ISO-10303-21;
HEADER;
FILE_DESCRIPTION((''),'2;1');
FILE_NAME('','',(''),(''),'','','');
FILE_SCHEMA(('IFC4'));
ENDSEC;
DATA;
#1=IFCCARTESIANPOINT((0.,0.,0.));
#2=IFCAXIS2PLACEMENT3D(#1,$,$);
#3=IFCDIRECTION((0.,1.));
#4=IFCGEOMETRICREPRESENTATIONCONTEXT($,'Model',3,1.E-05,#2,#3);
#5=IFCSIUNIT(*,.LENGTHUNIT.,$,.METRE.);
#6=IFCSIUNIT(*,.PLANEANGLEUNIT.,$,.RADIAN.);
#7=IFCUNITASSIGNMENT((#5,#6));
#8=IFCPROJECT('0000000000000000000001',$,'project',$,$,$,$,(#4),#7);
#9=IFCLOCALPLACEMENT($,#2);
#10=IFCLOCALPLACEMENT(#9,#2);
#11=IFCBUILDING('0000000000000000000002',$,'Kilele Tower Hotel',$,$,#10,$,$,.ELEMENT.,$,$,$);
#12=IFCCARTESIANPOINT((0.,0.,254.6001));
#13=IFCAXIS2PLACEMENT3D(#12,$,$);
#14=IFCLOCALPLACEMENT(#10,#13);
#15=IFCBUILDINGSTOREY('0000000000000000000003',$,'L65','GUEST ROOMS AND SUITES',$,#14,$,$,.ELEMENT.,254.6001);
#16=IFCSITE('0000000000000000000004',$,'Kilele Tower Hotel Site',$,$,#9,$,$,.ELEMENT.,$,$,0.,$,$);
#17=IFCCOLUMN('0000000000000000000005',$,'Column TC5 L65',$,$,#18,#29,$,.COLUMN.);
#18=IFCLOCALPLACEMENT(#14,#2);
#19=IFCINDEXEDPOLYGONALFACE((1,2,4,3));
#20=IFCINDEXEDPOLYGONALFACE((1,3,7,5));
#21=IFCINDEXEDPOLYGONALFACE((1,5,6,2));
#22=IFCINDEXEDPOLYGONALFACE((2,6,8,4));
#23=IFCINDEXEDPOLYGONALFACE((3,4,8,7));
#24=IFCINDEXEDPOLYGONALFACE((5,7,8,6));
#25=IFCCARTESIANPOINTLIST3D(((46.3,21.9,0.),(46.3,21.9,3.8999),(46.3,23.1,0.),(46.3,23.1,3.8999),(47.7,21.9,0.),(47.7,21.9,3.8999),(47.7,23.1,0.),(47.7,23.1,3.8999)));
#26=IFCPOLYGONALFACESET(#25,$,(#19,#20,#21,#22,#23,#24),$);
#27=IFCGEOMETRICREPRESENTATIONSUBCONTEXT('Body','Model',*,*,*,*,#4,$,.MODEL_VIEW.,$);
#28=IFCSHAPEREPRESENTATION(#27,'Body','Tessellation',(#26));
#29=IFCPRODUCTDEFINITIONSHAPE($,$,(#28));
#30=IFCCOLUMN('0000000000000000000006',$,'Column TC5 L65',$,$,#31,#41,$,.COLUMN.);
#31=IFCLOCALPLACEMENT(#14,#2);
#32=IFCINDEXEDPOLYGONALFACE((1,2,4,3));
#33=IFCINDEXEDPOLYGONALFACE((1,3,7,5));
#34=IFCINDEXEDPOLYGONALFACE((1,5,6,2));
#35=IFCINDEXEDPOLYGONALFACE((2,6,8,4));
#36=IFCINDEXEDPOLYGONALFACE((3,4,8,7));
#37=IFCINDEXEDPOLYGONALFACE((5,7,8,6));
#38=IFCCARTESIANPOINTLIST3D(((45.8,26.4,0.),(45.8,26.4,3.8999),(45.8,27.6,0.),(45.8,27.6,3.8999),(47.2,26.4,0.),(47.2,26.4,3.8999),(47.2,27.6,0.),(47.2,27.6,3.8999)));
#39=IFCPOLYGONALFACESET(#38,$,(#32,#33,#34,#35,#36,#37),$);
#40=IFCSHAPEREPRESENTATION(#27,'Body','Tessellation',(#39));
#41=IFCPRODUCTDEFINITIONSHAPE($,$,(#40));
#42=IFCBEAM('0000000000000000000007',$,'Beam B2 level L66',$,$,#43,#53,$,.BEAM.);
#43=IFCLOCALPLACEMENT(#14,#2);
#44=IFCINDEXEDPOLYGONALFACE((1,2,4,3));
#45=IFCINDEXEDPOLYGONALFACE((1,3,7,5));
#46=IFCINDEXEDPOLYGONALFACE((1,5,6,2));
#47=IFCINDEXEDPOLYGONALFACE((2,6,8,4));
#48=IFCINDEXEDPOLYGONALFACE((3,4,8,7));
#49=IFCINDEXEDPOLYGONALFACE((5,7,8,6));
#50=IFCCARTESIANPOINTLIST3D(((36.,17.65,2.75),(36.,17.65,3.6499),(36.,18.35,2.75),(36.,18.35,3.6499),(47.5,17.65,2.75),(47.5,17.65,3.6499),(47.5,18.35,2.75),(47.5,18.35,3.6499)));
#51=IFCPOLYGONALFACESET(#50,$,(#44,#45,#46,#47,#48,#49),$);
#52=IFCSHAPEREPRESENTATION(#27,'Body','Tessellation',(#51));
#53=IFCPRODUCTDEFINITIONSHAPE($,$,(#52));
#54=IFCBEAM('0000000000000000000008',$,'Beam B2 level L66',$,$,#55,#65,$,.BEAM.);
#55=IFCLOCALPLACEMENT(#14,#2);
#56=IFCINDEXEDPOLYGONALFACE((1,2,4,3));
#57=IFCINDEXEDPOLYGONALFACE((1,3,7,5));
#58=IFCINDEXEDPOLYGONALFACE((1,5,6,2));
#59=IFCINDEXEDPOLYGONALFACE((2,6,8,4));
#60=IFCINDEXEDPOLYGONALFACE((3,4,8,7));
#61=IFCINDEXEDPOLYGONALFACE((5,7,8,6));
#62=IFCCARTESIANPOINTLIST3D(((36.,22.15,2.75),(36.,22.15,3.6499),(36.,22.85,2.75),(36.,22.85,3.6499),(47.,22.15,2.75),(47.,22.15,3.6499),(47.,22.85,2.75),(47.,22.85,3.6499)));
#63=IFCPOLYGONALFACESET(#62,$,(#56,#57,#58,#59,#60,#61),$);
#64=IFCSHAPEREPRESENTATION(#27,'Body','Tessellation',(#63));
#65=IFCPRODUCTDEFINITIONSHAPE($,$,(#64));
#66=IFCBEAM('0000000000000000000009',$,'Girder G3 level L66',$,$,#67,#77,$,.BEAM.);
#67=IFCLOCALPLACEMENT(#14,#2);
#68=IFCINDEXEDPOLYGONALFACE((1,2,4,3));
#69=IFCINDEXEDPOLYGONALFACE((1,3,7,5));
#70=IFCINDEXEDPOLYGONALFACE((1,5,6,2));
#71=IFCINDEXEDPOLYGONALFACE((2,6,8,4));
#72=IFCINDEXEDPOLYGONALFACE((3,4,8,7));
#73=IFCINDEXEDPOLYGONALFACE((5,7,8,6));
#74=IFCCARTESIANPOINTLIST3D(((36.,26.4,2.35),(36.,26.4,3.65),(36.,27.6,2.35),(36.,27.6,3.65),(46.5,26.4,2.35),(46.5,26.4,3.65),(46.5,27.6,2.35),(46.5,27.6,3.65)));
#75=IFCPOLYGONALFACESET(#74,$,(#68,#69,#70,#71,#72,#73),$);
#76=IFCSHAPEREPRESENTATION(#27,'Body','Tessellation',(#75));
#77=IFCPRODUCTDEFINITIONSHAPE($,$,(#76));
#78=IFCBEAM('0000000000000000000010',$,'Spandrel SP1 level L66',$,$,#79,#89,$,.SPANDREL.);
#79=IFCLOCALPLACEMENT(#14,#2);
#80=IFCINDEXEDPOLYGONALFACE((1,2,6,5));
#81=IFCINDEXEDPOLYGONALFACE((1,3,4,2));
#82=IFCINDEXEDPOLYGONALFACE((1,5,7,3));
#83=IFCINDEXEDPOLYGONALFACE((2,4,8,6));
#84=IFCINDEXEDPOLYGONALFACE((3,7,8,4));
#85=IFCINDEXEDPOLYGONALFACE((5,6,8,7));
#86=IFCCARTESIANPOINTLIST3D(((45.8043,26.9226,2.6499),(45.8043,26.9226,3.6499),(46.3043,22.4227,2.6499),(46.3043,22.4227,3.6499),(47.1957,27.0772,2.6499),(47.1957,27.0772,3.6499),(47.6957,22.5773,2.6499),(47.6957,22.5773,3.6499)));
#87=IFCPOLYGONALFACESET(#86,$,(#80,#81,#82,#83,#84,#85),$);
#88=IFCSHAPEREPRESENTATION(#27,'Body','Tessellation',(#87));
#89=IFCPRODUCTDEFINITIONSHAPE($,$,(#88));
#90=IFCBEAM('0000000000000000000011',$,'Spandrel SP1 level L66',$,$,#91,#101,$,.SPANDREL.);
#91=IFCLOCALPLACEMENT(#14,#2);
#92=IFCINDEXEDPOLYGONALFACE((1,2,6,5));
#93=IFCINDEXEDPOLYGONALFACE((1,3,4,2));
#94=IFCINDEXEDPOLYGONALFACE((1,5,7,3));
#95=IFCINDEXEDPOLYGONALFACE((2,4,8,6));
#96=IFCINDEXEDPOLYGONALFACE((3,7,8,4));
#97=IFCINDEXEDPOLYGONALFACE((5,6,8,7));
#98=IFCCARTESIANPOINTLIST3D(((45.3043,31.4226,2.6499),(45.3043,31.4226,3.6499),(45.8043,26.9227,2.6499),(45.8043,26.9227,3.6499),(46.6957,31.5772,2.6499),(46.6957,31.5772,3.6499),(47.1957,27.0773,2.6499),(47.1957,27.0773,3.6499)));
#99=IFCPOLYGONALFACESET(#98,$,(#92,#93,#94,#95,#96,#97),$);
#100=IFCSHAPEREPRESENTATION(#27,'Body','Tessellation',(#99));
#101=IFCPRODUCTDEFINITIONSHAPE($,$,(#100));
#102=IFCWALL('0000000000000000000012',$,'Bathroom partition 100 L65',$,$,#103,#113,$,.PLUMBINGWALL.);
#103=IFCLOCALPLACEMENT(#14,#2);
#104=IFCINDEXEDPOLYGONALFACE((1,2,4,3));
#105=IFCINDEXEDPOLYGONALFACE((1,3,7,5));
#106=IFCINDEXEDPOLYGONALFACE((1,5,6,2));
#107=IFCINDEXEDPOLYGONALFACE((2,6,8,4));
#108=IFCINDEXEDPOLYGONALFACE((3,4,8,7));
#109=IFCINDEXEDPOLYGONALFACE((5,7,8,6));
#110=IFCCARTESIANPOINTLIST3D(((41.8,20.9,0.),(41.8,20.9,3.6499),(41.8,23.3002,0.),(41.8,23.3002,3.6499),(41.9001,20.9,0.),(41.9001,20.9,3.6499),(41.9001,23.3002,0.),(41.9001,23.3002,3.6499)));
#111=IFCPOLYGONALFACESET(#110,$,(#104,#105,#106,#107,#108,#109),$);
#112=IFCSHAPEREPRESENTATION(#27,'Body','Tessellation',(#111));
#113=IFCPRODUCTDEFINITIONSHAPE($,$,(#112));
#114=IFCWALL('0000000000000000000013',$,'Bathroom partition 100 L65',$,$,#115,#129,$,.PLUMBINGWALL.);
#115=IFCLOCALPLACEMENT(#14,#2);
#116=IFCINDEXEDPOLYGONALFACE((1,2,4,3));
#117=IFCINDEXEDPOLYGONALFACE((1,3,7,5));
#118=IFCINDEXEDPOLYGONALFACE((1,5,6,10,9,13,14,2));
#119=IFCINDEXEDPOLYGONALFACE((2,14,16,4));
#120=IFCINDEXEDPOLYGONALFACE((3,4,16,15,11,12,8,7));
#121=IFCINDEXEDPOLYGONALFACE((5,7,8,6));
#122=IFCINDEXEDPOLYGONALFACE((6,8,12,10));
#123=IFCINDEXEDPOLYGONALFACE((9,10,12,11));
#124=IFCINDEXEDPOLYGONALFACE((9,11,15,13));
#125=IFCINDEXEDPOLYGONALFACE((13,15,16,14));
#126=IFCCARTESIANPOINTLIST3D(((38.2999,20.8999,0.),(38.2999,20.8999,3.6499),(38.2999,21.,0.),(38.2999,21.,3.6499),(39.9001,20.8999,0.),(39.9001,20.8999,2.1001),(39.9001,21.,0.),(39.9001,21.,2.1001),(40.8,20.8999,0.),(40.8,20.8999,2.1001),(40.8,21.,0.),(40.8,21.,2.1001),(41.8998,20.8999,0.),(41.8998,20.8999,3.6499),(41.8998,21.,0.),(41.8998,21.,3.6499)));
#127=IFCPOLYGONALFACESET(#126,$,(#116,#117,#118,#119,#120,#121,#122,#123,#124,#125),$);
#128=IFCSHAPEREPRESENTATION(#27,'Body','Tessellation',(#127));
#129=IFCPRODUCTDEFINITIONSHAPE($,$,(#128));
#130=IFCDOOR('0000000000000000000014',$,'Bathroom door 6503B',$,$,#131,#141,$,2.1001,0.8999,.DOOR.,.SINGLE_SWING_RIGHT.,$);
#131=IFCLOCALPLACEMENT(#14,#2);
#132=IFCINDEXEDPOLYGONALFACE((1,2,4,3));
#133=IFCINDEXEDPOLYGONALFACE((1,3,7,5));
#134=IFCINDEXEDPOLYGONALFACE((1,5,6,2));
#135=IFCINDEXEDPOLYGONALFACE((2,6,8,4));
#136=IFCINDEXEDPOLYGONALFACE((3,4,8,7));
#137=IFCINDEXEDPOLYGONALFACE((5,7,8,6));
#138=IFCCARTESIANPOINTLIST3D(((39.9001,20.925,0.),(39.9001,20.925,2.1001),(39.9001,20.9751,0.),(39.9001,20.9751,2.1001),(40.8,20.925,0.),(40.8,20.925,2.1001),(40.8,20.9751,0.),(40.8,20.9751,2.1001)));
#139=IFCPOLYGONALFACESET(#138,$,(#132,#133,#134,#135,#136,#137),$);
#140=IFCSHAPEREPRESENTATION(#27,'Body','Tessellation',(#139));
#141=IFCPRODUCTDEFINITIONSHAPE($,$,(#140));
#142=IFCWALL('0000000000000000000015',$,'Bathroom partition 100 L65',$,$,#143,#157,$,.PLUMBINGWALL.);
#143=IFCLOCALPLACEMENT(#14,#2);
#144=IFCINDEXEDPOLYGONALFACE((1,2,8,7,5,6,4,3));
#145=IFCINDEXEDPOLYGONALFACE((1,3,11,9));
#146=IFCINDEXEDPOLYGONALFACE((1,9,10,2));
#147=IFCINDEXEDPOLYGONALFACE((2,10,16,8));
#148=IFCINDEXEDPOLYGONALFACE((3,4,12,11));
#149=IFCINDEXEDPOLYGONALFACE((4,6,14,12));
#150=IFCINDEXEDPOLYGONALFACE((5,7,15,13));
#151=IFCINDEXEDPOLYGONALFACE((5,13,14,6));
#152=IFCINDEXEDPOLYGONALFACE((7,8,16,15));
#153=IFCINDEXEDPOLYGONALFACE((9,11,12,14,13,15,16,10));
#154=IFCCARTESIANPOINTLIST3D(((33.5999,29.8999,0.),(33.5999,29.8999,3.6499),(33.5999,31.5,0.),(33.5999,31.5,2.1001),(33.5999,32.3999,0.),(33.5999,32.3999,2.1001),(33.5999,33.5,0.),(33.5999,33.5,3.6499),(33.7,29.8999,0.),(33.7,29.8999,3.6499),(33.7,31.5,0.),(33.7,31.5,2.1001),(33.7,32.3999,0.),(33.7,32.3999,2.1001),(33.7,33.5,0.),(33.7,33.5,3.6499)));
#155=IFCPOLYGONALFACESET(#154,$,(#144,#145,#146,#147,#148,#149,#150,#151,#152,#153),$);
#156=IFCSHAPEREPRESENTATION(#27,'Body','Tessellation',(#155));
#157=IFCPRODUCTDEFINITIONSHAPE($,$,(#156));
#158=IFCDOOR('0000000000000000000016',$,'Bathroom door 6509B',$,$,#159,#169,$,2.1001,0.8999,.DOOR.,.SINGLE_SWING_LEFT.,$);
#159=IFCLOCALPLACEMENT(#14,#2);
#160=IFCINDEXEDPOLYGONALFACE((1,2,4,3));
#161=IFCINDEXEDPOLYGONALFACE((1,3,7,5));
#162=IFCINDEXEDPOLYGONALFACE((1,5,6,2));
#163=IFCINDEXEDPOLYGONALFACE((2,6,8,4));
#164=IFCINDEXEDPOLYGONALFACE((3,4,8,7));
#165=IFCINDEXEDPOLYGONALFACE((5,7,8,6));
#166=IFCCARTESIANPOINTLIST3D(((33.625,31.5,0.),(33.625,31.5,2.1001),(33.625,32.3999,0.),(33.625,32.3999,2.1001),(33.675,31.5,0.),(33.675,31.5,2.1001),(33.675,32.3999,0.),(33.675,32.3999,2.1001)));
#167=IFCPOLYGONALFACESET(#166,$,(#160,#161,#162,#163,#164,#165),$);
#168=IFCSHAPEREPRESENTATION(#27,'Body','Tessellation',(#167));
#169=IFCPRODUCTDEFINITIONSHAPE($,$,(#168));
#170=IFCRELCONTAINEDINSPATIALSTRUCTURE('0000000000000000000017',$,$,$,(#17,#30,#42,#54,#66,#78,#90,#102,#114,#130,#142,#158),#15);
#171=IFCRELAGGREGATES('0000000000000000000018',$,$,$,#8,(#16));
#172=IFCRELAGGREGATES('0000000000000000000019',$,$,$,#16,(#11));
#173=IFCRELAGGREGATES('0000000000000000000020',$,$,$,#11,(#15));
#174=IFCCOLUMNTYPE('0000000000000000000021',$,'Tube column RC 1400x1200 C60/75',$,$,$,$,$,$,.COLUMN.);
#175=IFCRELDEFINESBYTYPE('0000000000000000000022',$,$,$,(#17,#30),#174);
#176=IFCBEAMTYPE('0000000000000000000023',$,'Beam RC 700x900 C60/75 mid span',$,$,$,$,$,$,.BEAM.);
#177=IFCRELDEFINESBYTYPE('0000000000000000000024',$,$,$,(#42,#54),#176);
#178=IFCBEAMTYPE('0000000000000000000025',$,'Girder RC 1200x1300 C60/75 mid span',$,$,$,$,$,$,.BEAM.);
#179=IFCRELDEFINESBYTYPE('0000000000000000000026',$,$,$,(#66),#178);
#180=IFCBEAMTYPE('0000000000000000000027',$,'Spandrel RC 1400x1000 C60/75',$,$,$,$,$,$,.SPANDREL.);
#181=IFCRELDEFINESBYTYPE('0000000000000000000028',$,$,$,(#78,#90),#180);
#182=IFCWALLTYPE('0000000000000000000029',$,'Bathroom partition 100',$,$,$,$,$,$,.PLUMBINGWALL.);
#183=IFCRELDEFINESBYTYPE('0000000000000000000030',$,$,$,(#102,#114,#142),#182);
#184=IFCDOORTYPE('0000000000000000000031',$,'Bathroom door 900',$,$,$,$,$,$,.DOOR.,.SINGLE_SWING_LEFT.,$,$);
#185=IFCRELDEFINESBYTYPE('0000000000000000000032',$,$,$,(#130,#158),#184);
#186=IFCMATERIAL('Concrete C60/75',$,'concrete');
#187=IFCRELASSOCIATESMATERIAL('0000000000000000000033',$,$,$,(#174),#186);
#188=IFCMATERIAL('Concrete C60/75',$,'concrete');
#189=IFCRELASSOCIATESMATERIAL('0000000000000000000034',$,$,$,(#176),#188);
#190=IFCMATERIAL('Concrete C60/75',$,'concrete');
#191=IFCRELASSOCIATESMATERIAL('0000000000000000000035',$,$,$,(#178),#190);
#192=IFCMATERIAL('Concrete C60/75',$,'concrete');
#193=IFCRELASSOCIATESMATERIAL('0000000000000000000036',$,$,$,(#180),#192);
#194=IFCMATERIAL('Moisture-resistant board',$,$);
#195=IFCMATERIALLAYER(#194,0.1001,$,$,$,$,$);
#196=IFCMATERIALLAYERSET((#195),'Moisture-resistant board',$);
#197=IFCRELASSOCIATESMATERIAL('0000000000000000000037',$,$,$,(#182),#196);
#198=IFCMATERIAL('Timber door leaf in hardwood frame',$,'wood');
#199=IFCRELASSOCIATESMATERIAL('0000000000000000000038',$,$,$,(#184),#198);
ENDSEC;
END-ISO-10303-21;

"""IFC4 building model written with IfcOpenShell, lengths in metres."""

from ifc_helpers import new_model, si_unit, direction, frame, frame_2d, origin, origin_2d, place, context, subcontext, project, spatial, rectangle, extrude, material, layer, layer_set, material_profile, profile_set, type_object, element, fill, save


model = new_model("IFC4")

# Units and contexts
model_context = context("Model", 3, precision=1e-05, world=origin(), true_north=direction((0.0, 1.0)))
body_context = subcontext(model_context, "Body", "Model", "MODEL_VIEW")
ifc_project = project(units=[si_unit("LENGTHUNIT", "METRE"), si_unit("PLANEANGLEUNIT", "RADIAN")], contexts=[model_context])

# Site, building, storey
site_placement = place(None, origin())
site = spatial("IfcSite", under=ifc_project, at=site_placement, Name="Kilele Tower Hotel Site", CompositionType="ELEMENT", RefElevation=0.0)
building_placement = place(site_placement, origin())
building = spatial("IfcBuilding", under=site, at=building_placement, Name="Kilele Tower Hotel", CompositionType="ELEMENT")
storey_placement = place(building_placement, frame((0.0, 0.0, 254.6001)))
storey = spatial("IfcBuildingStorey", under=building, at=storey_placement, Name="L65", Description="GUEST ROOMS AND SUITES", CompositionType="ELEMENT", Elevation=254.6001)

# Columns
ifc_material_1 = material(Name="Concrete C60/75", Category="concrete")
ifc_material_profile_1 = material_profile(ifc_material_1, rectangle(XDim=1.3999, YDim=1.2, at=origin_2d()))
ifc_profile_set_1 = profile_set([ifc_material_profile_1], Name="Concrete C60/75")
column_type = type_object("IfcColumnType", Name="Tube column RC 1400x1200 C60/75", PredefinedType="COLUMN", material=ifc_profile_set_1)
for number, where, z_axis, x_axis, name in (
    (1, (47.0, 22.5, 0.0), (0.0, 0.0, 1.0), (1.0, 0.0, 0.0), "Column TC5 L65"),
    (2, (46.5, 27.0, 0.0), (0.0, 0.0, 1.0), (1.0, 0.0, 0.0), "Column TC5 L65"),
):
    element("IfcColumn", number, at=place(storey_placement, frame(where, z_axis=z_axis, x_axis=x_axis)), inside=storey, type_object=column_type, Name=name, PredefinedType="COLUMN", context=body_context, shape_type="SweptSolid", body=[
        extrude(rectangle(XDim=1.3999, YDim=1.2, at=origin_2d()), origin(), (0.0, 0.0, 1.0), 3.8999),
    ])

# Beams
ifc_material_2 = material(Name="Concrete C60/75", Category="concrete")
ifc_material_profile_2 = material_profile(ifc_material_2, rectangle(XDim=0.7, YDim=0.8999, at=origin_2d()))
ifc_profile_set_2 = profile_set([ifc_material_profile_2], Name="Concrete C60/75")
beam_type_1 = type_object("IfcBeamType", Name="Beam RC 700x900 C60/75 mid span", PredefinedType="BEAM", material=ifc_profile_set_2)
beam_1_placement = place(storey_placement, frame((47.5, 18.0, 3.2), z_axis=(-1.0, 0.0, 0.0), x_axis=(0.0, -1.0, 0.0)))
element("IfcBeam", 3, at=beam_1_placement, inside=storey, type_object=beam_type_1, Name="Beam B2 level L66", PredefinedType="BEAM", context=body_context, shape_type="SweptSolid", body=[
    extrude(rectangle(XDim=0.7, YDim=0.8999, at=origin_2d()), origin(), (0.0, 0.0, 1.0), 11.5),
])
beam_2_placement = place(storey_placement, frame((47.0, 22.5, 3.2), z_axis=(-1.0, 0.0, 0.0), x_axis=(0.0, -1.0, 0.0)))
element("IfcBeam", 4, at=beam_2_placement, inside=storey, type_object=beam_type_1, Name="Beam B2 level L66", PredefinedType="BEAM", context=body_context, shape_type="SweptSolid", body=[
    extrude(rectangle(XDim=0.7, YDim=0.8999, at=origin_2d()), origin(), (0.0, 0.0, 1.0), 11.0),
])
ifc_material_3 = material(Name="Concrete C60/75", Category="concrete")
ifc_material_profile_3 = material_profile(ifc_material_3, rectangle(XDim=1.2, YDim=1.3, at=origin_2d()))
ifc_profile_set_3 = profile_set([ifc_material_profile_3], Name="Concrete C60/75")
beam_type_2 = type_object("IfcBeamType", Name="Girder RC 1200x1300 C60/75 mid span", PredefinedType="BEAM", material=ifc_profile_set_3)
beam_3_placement = place(storey_placement, frame((46.5, 27.0, 3.0), z_axis=(-1.0, 0.0, 0.0), x_axis=(0.0, -1.0, 0.0)))
element("IfcBeam", 5, at=beam_3_placement, inside=storey, type_object=beam_type_2, Name="Girder G3 level L66", PredefinedType="BEAM", context=body_context, shape_type="SweptSolid", body=[
    extrude(rectangle(XDim=1.2, YDim=1.3, at=origin_2d()), origin(), (0.0, 0.0, 1.0), 10.5),
])
ifc_material_4 = material(Name="Concrete C60/75", Category="concrete")
ifc_material_profile_4 = material_profile(ifc_material_4, rectangle(XDim=1.3999, YDim=1.0, at=origin_2d()))
ifc_profile_set_4 = profile_set([ifc_material_profile_4], Name="Concrete C60/75")
beam_type_3 = type_object("IfcBeamType", Name="Spandrel RC 1400x1000 C60/75", PredefinedType="SPANDREL", material=ifc_profile_set_4)
for number, where, z_axis, x_axis, name in (
    (6, (47.0, 22.5, 3.1499), (-0.110432, 0.993884, 0.0), (-0.993884, -0.110432, 0.0), "Spandrel SP1 level L66"),
    (7, (46.5, 27.0, 3.1499), (-0.110432, 0.993884, 0.0), (-0.993884, -0.110432, 0.0), "Spandrel SP1 level L66"),
):
    element("IfcBeam", number, at=place(storey_placement, frame(where, z_axis=z_axis, x_axis=x_axis)), inside=storey, type_object=beam_type_3, Name=name, PredefinedType="SPANDREL", context=body_context, shape_type="SweptSolid", body=[
        extrude(rectangle(XDim=1.3999, YDim=1.0, at=origin_2d()), origin(), (0.0, 0.0, 1.0), 4.5276),
    ])

# Wall
ifc_material_5 = material(Name="Moisture-resistant board")
ifc_layer_1 = layer(ifc_material_5, 0.1001)
ifc_layer_set_1 = layer_set([ifc_layer_1], Name="Moisture-resistant board")
wall_type_1 = type_object("IfcWallType", Name="Bathroom partition 100", PredefinedType="PLUMBINGWALL", material=ifc_layer_set_1)
wall_1_placement = place(storey_placement, frame((41.8501, 20.8999, 0.0), z_axis=(0.0, 0.0, 1.0), x_axis=(0.0, 1.0, 0.0)))
element("IfcWall", 8, at=wall_1_placement, inside=storey, type_object=wall_type_1, Name="Bathroom partition 100 L65", PredefinedType="PLUMBINGWALL", context=body_context, shape_type="SweptSolid", body=[
    extrude(rectangle(XDim=2.4001, YDim=0.1001, at=frame_2d((1.2002, 0.0))), origin(), (0.0, 0.0, 1.0), 3.6499),
])

# Walls, openings, doors
wall_2_placement = place(storey_placement, frame((38.3, 20.95, 0.0), z_axis=(0.0, 0.0, 1.0), x_axis=(1.0, 0.0, 0.0)))
wall_2 = element("IfcWall", 9, at=wall_2_placement, inside=storey, type_object=wall_type_1, Name="Bathroom partition 100 L65", PredefinedType="PLUMBINGWALL", context=body_context, shape_type="SweptSolid", body=[
    extrude(rectangle(XDim=3.5999, YDim=0.1001, at=frame_2d((1.7998, 0.0))), origin(), (0.0, 0.0, 1.0), 3.6499),
])
opening_1_placement = place(wall_2_placement, frame((2.5, 0.0, 0.0), z_axis=(0.0, 0.0, 1.0), x_axis=(-1.0, 0.0, 0.0)))
opening_1 = element("IfcOpeningElement", 10, at=opening_1_placement, cuts=wall_2, PredefinedType="OPENING", context=body_context, shape_type="SweptSolid", body=[
    extrude(rectangle(XDim=0.8999, YDim=2.1001, at=frame_2d((0.45, 1.05))), frame((0.0, 0.0601, 0.0), z_axis=(0.0, -1.0, 0.0), x_axis=(1.0, 0.0, 0.0)), (0.0, 0.0, 1.0), 0.1201),
])
ifc_material_6 = material(Name="Timber door leaf in hardwood frame", Category="wood")
door_type_1 = type_object("IfcDoorType", Name="Bathroom door 900", OperationType="SINGLE_SWING_LEFT", PredefinedType="DOOR", material=ifc_material_6)
door_1_placement = place(opening_1_placement, origin())
door_1 = element("IfcDoor", 11, at=door_1_placement, inside=storey, type_object=door_type_1, Name="Bathroom door 6503B", OperationType="SINGLE_SWING_RIGHT", OverallHeight=2.1001, OverallWidth=0.8999, PredefinedType="DOOR", context=body_context, shape_type="SweptSolid", body=[
    extrude(rectangle(XDim=0.8999, YDim=2.1001, at=frame_2d((0.45, 1.05))), frame((0.0, 0.0249, 0.0), z_axis=(0.0, -1.0, 0.0), x_axis=(1.0, 0.0, 0.0)), (0.0, 0.0, 1.0), 0.05),
])
fill(opening_1, door_1)
wall_3_placement = place(storey_placement, frame((33.6499, 29.8999, 0.0), z_axis=(0.0, 0.0, 1.0), x_axis=(0.0, 1.0, 0.0)))
wall_3 = element("IfcWall", 12, at=wall_3_placement, inside=storey, type_object=wall_type_1, Name="Bathroom partition 100 L65", PredefinedType="PLUMBINGWALL", context=body_context, shape_type="SweptSolid", body=[
    extrude(rectangle(XDim=3.6001, YDim=0.1001, at=frame_2d((1.8, 0.0))), origin(), (0.0, 0.0, 1.0), 3.6499),
])
opening_2_placement = place(wall_3_placement, frame((1.6001, 0.0, 0.0)))
opening_2 = element("IfcOpeningElement", 13, at=opening_2_placement, cuts=wall_3, PredefinedType="OPENING", context=body_context, shape_type="SweptSolid", body=[
    extrude(rectangle(XDim=0.8999, YDim=2.1001, at=frame_2d((0.45, 1.05))), frame((0.0, 0.0601, 0.0), z_axis=(0.0, -1.0, 0.0), x_axis=(1.0, 0.0, 0.0)), (0.0, 0.0, 1.0), 0.1201),
])
door_2_placement = place(opening_2_placement, origin())
door_2 = element("IfcDoor", 14, at=door_2_placement, inside=storey, type_object=door_type_1, Name="Bathroom door 6509B", OperationType="SINGLE_SWING_LEFT", OverallHeight=2.1001, OverallWidth=0.8999, PredefinedType="DOOR", context=body_context, shape_type="SweptSolid", body=[
    extrude(rectangle(XDim=0.8999, YDim=2.1001, at=frame_2d((0.45, 1.05))), frame((0.0, 0.0249, 0.0), z_axis=(0.0, -1.0, 0.0), x_axis=(1.0, 0.0, 0.0)), (0.0, 0.0, 1.0), 0.05),
])
fill(opening_2, door_2)

save(model, "model.ifc")
